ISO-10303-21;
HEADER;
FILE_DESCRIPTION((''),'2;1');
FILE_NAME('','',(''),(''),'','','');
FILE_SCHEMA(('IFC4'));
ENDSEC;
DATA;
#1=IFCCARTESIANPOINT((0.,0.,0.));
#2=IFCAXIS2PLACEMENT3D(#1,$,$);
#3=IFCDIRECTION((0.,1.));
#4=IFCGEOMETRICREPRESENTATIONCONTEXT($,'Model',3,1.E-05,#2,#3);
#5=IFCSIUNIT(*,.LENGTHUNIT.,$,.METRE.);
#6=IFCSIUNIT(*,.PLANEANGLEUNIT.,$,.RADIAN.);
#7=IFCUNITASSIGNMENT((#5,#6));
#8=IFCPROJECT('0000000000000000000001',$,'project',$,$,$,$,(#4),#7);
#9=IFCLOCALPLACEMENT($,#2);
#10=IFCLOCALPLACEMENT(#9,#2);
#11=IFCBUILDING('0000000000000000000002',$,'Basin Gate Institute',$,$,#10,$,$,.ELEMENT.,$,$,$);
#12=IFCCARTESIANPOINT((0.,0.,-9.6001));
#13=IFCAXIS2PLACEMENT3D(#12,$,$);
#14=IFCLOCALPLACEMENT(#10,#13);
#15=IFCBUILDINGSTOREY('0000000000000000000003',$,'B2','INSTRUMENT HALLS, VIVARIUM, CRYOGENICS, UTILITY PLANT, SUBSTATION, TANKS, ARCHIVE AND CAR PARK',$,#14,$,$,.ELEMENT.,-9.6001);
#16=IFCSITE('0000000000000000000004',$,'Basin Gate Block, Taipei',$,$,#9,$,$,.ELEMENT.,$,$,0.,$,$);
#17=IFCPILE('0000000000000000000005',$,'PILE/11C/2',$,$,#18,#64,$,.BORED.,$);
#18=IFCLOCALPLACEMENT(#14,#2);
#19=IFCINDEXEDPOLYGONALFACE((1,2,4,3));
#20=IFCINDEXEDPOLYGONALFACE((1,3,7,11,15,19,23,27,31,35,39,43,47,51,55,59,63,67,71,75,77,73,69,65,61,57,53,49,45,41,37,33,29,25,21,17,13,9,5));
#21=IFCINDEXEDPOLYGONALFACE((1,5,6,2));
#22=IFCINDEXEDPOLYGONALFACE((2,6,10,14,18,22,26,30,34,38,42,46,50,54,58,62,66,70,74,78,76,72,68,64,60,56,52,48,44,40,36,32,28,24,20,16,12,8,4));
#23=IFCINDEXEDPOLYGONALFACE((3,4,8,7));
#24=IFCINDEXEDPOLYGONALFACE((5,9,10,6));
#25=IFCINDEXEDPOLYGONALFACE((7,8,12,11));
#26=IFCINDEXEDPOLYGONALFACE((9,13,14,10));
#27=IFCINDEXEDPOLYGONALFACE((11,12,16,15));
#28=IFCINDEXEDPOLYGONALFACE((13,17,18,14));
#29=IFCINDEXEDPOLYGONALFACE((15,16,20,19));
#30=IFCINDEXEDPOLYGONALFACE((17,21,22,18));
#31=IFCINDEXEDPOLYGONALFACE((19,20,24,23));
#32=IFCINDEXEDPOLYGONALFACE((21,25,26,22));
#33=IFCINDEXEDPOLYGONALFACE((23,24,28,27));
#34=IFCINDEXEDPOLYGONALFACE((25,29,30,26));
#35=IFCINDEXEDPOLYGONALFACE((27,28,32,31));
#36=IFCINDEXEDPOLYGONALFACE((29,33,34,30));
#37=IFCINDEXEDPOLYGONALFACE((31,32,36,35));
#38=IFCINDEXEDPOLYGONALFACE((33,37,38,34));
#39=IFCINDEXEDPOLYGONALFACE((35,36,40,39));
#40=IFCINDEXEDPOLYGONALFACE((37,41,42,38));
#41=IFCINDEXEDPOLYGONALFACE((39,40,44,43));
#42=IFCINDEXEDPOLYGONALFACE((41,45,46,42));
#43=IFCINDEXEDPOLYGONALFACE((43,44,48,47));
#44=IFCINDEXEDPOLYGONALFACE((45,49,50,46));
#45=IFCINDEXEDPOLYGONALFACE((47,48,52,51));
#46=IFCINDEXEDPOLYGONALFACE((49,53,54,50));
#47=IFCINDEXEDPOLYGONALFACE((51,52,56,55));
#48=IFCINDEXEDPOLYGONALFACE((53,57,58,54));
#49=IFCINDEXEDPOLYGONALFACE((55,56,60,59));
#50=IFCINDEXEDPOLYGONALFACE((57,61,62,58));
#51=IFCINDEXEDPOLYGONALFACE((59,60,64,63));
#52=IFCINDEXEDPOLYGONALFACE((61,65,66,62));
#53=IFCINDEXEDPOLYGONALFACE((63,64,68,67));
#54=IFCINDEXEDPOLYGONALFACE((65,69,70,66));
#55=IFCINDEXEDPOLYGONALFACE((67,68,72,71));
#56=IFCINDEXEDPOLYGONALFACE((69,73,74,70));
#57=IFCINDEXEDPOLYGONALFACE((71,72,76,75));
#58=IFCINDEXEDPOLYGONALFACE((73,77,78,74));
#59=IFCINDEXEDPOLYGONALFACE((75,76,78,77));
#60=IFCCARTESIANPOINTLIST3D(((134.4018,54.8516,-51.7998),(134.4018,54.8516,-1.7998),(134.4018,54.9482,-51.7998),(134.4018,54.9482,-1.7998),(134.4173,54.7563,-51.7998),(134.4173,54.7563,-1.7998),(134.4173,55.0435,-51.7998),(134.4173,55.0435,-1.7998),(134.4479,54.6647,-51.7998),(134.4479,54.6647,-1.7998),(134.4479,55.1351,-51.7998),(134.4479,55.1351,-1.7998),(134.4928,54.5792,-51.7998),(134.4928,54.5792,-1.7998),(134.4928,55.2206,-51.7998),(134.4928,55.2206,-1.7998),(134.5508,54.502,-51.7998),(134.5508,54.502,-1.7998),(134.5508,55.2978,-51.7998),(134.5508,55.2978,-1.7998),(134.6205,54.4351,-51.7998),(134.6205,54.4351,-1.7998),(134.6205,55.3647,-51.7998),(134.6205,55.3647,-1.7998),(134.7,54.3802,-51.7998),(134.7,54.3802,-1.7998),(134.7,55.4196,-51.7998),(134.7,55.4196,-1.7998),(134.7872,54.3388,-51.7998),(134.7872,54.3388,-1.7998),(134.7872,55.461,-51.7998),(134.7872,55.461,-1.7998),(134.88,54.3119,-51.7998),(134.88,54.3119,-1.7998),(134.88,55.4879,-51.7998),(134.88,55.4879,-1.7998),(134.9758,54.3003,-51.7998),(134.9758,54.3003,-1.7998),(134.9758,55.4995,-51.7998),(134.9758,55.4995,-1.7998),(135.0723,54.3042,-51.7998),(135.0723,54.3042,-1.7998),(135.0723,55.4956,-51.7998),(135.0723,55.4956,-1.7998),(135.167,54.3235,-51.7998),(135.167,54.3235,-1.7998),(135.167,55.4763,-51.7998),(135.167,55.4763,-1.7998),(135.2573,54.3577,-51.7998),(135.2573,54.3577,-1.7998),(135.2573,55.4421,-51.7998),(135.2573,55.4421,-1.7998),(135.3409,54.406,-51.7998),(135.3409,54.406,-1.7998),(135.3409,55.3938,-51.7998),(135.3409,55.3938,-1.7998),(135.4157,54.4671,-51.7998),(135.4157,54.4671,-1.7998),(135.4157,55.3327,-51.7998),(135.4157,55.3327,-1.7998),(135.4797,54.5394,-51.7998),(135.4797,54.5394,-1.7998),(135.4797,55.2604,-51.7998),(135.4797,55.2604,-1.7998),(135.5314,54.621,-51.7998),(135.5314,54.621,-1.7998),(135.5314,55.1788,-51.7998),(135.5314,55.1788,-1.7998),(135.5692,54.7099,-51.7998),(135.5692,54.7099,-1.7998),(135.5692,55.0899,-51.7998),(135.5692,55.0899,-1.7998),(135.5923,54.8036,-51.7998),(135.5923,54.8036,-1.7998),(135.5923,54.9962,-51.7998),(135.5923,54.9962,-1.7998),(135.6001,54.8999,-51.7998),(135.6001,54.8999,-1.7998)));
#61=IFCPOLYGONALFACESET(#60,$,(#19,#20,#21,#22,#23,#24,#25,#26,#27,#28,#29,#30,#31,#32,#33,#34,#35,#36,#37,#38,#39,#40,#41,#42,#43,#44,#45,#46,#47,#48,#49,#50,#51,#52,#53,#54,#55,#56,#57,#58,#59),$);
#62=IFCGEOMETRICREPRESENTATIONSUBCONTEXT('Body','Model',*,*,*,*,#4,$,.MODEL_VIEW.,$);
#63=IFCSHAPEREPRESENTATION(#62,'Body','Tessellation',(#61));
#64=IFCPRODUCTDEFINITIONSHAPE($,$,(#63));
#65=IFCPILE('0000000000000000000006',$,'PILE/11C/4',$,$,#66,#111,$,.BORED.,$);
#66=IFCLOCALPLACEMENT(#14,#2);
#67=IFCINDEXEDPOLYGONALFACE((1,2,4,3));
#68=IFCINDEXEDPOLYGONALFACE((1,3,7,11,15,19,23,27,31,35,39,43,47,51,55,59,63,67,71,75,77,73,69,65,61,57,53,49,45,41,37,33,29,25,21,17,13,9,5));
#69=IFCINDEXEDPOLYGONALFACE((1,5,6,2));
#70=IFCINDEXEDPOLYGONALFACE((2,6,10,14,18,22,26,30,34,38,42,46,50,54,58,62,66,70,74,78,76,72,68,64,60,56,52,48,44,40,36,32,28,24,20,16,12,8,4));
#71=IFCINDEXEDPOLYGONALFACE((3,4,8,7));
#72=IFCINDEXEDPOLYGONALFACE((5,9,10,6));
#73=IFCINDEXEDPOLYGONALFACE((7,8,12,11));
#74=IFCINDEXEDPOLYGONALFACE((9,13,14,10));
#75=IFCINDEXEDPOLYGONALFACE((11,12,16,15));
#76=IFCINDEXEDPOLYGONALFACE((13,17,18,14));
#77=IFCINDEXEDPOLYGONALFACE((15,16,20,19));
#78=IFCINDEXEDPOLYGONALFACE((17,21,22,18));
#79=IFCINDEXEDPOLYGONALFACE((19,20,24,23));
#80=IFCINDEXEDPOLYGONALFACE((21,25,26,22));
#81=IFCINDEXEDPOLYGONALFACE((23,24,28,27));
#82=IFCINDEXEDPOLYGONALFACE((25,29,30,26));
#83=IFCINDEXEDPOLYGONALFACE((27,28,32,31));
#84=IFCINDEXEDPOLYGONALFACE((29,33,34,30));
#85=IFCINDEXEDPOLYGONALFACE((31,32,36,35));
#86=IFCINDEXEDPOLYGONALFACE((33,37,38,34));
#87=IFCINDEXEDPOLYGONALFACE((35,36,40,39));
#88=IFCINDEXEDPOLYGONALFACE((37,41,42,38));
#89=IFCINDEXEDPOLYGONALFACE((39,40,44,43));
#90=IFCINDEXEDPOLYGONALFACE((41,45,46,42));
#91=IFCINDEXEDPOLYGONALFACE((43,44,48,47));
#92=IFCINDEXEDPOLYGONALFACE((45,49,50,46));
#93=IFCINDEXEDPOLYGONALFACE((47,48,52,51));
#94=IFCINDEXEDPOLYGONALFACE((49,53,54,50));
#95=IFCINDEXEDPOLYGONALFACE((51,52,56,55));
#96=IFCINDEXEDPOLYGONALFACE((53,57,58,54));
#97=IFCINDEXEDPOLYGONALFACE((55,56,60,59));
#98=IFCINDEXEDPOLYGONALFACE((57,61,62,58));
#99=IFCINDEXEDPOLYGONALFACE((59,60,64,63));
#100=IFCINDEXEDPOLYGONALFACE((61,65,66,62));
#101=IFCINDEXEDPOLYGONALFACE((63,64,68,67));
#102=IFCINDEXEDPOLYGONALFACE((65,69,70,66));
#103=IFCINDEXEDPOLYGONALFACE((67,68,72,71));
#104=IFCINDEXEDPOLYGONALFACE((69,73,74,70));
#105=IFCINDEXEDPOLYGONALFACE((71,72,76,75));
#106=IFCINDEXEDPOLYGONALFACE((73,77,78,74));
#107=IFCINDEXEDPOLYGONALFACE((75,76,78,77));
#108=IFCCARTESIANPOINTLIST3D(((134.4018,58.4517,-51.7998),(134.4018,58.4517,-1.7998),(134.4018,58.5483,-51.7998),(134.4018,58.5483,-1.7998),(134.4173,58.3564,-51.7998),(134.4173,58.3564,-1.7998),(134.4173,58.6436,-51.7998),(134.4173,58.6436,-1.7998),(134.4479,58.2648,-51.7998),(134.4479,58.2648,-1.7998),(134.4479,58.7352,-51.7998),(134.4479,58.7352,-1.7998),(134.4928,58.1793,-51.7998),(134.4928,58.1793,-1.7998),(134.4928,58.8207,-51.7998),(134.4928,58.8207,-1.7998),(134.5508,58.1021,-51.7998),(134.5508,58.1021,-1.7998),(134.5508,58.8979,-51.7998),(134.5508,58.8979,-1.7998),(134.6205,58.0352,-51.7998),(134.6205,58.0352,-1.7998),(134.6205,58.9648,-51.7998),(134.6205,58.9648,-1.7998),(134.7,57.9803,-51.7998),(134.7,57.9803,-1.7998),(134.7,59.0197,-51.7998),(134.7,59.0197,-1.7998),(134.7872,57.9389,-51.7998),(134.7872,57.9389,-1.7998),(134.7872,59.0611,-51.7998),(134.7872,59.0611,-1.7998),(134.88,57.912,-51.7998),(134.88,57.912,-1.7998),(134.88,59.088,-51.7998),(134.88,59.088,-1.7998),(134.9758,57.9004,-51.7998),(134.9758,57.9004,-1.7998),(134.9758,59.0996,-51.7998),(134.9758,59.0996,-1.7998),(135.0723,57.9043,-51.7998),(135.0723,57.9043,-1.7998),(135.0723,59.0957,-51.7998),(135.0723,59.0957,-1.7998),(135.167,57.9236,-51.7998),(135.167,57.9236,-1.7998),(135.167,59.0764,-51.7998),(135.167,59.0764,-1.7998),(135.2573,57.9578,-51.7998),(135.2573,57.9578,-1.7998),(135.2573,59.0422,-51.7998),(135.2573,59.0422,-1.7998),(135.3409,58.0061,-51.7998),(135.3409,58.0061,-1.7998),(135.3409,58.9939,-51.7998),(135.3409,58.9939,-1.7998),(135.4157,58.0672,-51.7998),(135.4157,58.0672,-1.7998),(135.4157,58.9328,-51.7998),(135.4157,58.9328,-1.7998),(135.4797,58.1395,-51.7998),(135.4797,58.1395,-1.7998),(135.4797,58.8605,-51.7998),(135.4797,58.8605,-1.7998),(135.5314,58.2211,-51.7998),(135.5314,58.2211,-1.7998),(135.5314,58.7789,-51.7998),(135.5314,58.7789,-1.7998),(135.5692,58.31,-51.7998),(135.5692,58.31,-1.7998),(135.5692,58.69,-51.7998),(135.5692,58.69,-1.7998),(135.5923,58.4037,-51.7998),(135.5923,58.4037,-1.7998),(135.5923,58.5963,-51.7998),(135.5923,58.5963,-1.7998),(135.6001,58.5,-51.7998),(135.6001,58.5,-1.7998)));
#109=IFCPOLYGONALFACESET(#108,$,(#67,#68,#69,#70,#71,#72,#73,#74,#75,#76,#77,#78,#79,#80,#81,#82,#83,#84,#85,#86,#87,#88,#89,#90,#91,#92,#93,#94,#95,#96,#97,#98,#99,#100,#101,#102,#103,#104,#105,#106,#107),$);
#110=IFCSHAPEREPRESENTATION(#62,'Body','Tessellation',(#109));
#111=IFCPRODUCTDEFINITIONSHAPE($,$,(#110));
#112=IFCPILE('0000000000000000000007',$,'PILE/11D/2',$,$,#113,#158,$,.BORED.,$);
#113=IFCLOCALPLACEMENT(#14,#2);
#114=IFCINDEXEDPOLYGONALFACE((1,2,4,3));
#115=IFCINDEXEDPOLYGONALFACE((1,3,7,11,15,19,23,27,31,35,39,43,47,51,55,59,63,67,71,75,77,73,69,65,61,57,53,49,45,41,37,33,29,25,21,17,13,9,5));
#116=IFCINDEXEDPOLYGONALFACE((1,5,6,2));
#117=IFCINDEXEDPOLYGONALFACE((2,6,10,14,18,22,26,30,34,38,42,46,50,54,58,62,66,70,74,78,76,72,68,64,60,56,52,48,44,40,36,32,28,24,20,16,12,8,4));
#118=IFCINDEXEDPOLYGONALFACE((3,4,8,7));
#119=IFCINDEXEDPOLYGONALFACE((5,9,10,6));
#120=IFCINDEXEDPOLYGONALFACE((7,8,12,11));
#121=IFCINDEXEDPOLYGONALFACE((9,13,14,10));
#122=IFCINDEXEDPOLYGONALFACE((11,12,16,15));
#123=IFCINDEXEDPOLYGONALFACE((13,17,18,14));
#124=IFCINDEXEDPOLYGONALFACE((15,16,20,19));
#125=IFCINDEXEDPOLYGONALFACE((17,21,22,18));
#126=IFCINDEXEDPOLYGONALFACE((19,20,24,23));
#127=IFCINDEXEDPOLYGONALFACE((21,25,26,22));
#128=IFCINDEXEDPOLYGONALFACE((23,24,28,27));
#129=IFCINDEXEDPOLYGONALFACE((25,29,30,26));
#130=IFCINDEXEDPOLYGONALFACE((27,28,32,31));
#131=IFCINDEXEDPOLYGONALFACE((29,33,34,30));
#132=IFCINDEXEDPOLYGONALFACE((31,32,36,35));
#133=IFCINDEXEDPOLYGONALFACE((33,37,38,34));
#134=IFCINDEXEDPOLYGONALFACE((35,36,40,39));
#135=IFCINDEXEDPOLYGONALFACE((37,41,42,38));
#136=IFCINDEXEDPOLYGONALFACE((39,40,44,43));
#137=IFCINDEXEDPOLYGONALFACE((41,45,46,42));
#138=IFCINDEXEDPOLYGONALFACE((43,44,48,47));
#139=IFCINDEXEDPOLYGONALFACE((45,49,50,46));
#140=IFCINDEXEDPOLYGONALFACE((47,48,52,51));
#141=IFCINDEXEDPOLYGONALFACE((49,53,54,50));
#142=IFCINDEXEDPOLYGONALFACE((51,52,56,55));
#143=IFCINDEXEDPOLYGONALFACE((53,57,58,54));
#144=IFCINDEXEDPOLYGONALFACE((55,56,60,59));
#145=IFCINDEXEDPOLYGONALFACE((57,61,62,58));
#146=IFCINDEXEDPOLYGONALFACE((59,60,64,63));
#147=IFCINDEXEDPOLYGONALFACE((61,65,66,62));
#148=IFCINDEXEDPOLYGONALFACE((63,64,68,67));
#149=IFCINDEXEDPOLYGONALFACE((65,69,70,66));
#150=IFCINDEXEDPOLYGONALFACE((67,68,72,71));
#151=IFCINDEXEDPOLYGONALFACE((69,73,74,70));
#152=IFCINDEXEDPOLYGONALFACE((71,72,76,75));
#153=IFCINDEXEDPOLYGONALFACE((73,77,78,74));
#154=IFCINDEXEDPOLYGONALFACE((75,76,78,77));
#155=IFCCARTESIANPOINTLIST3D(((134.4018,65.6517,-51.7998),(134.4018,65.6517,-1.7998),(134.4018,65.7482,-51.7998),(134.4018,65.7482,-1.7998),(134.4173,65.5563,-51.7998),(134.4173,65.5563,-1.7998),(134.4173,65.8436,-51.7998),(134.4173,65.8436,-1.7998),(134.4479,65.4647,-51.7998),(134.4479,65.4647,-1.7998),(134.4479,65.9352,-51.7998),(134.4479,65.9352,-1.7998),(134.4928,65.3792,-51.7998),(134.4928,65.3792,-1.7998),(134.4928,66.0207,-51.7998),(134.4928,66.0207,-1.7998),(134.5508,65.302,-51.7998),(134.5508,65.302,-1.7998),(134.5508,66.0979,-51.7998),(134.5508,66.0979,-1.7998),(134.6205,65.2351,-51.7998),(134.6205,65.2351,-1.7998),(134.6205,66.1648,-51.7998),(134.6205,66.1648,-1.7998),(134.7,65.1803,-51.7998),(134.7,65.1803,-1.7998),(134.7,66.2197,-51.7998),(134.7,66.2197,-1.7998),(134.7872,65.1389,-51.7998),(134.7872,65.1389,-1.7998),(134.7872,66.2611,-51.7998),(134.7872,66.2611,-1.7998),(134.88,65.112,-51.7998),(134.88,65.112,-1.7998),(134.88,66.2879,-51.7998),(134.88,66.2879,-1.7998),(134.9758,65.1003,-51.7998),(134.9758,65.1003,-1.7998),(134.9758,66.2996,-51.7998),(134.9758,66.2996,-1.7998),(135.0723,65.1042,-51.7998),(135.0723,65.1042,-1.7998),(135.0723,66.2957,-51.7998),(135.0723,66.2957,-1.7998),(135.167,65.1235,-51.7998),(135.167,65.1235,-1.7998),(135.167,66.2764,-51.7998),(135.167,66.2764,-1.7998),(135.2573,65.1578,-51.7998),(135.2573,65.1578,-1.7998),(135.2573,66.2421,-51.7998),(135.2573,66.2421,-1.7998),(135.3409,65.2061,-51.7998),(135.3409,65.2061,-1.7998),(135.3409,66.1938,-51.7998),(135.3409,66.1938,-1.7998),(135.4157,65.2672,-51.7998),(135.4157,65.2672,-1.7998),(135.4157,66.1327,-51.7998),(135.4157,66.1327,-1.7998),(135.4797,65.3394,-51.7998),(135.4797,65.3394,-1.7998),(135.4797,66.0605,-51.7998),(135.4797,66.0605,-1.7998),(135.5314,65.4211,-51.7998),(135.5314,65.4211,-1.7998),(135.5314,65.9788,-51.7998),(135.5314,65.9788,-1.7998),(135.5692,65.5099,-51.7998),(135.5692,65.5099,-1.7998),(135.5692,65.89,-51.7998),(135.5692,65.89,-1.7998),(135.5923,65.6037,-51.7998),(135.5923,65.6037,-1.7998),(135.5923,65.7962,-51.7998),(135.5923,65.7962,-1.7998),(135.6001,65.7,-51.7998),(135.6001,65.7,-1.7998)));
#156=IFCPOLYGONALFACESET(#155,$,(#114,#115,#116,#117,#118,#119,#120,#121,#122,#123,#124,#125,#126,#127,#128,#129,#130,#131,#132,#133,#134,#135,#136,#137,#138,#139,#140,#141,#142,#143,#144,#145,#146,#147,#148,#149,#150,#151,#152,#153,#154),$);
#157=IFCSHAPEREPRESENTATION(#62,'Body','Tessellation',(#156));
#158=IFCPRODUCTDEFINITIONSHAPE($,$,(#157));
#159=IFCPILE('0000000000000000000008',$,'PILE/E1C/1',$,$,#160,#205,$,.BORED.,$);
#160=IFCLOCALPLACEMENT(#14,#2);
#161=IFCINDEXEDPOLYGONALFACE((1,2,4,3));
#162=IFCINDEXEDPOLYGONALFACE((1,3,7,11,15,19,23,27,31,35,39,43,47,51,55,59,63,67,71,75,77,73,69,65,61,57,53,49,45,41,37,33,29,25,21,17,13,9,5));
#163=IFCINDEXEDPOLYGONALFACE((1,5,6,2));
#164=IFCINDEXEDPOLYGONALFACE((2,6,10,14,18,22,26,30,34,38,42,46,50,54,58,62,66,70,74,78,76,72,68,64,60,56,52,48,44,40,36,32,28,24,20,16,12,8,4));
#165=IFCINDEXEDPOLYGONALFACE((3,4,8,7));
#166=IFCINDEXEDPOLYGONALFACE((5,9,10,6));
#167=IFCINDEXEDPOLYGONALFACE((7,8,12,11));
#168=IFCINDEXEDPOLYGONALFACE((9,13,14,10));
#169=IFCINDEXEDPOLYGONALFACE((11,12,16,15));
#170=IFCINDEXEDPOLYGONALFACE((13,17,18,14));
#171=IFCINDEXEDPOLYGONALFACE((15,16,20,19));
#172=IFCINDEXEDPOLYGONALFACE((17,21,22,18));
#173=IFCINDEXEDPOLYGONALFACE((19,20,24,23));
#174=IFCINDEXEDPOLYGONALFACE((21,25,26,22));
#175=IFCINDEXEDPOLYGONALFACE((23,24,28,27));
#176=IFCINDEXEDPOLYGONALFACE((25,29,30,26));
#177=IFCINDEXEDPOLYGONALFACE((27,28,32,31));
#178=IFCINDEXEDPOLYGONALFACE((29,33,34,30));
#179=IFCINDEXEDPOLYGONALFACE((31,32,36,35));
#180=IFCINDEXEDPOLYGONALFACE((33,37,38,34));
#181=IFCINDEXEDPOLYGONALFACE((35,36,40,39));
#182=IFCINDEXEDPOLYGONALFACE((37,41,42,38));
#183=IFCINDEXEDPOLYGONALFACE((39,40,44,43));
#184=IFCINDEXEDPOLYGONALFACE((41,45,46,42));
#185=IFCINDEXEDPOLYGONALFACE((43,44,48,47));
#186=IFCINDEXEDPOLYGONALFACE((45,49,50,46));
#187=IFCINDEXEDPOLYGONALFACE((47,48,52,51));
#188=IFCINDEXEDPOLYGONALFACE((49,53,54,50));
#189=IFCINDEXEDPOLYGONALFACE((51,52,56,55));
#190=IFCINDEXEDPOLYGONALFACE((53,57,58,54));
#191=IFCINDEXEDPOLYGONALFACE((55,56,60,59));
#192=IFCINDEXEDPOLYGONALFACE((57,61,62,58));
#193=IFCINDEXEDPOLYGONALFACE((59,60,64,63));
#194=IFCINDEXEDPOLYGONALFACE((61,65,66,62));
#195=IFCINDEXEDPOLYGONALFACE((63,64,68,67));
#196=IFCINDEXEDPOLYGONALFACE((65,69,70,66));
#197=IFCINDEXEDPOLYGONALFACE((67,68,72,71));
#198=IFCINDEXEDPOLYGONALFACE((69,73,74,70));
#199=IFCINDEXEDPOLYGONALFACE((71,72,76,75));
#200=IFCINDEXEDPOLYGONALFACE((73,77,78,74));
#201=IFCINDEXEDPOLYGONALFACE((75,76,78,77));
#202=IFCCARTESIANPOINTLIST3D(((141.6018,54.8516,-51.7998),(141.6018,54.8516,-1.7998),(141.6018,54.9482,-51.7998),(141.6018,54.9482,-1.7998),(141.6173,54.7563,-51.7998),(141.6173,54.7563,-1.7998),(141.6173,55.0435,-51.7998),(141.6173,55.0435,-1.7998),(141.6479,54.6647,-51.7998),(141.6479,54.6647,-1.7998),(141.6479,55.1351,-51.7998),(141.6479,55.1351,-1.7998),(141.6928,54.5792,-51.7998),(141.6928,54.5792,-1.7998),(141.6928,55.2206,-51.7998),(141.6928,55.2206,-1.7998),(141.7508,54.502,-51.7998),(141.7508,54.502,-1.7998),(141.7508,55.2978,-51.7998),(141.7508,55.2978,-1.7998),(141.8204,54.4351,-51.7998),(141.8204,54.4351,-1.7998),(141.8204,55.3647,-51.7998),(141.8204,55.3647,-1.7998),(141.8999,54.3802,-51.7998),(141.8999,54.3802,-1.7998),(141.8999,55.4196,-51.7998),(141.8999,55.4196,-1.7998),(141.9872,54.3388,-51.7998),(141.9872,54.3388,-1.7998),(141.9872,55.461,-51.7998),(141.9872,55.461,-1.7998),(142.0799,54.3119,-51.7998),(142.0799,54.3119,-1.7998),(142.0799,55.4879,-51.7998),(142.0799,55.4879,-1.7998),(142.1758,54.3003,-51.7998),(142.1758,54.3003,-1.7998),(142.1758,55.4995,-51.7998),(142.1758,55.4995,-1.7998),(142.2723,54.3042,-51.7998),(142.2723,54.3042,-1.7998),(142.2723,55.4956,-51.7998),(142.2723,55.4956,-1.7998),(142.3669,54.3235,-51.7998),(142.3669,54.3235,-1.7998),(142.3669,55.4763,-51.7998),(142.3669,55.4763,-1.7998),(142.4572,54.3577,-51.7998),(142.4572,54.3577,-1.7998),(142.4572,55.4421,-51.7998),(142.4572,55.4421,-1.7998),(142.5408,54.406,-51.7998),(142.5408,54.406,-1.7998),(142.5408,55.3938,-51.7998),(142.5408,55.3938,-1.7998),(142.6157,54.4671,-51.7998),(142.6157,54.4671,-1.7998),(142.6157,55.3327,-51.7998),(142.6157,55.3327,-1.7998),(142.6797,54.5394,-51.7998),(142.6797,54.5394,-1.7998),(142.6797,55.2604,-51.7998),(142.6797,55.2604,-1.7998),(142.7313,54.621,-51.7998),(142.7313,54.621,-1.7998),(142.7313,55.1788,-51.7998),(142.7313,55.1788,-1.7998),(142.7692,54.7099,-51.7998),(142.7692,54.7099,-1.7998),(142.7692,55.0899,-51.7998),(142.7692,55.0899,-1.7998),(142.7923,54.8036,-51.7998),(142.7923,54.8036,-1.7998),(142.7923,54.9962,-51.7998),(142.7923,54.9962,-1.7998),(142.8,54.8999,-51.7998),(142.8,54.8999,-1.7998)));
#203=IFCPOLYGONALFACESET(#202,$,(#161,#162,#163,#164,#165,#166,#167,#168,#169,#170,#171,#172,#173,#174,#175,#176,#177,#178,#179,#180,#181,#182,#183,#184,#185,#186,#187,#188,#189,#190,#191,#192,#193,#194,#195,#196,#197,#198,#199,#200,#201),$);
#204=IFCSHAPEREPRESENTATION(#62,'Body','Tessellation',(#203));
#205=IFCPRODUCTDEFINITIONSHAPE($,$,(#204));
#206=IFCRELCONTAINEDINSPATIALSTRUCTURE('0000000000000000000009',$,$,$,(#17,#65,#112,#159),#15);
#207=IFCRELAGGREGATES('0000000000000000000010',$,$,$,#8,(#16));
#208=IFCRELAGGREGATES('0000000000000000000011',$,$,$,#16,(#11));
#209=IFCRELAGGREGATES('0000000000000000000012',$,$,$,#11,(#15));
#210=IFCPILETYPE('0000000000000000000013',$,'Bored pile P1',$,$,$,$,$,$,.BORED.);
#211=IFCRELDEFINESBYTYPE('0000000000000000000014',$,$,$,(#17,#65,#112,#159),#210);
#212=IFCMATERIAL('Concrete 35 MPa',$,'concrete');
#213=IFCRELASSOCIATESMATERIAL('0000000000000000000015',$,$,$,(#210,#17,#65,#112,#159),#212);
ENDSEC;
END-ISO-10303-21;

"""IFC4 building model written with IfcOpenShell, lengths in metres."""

from ifc_helpers import new_model, si_unit, direction, frame, origin, origin_2d, place, context, subcontext, project, spatial, circle, extrude, material, material_profile, profile_set, type_object, element, save


model = new_model("IFC4")

# Units and contexts
model_context = context("Model", 3, precision=1e-05, world=origin(), true_north=direction((0.0, 1.0)))
body_context = subcontext(model_context, "Body", "Model", "MODEL_VIEW")
ifc_project = project(units=[si_unit("LENGTHUNIT", "METRE"), si_unit("PLANEANGLEUNIT", "RADIAN")], contexts=[model_context])

# Site, building, storey
site_placement = place(None, origin())
site = spatial("IfcSite", under=ifc_project, at=site_placement, Name="Basin Gate Block, Taipei", CompositionType="ELEMENT", RefElevation=0.0)
building_placement = place(site_placement, origin())
building = spatial("IfcBuilding", under=site, at=building_placement, Name="Basin Gate Institute", CompositionType="ELEMENT")
storey_placement = place(building_placement, frame((0.0, 0.0, -9.6001)))
storey = spatial("IfcBuildingStorey", under=building, at=storey_placement, Name="B2", Description="INSTRUMENT HALLS, VIVARIUM, CRYOGENICS, UTILITY PLANT, SUBSTATION, TANKS, ARCHIVE AND CAR PARK", CompositionType="ELEMENT", Elevation=-9.6001)

# Piles
ifc_material_1 = material(Name="Concrete 35 MPa", Category="concrete")
ifc_material_profile_1 = material_profile(ifc_material_1, circle(Radius=0.6001, at=origin_2d()), Name="Bored pile P1 1200 dia")
ifc_profile_set_1 = profile_set([ifc_material_profile_1], Name="Concrete 35 MPa")
pile_type = type_object("IfcPileType", Name="Bored pile P1", PredefinedType="BORED", material=ifc_profile_set_1)
for number, where, z_axis, x_axis, name in (
    (1, (135.0, 54.8999, -1.7998), (0.0, 0.0, -1.0), (1.0, 0.0, 0.0), "PILE/11C/2"),
    (2, (135.0, 58.5, -1.7998), (0.0, 0.0, -1.0), (1.0, 0.0, 0.0), "PILE/11C/4"),
    (3, (135.0, 65.7, -1.7998), (0.0, 0.0, -1.0), (1.0, 0.0, 0.0), "PILE/11D/2"),
    (4, (142.2, 54.8999, -1.7998), (0.0, 0.0, -1.0), (1.0, 0.0, 0.0), "PILE/E1C/1"),
):
    element("IfcPile", number, at=place(storey_placement, frame(where, z_axis=z_axis, x_axis=x_axis)), inside=storey, type_object=pile_type, material=ifc_profile_set_1, Name=name, PredefinedType="BORED", context=body_context, shape_type="SweptSolid", body=[
        extrude(circle(Radius=0.6001, at=origin_2d()), origin(), (0.0, 0.0, 1.0), 50.0),
    ])

save(model, "model.ifc")
